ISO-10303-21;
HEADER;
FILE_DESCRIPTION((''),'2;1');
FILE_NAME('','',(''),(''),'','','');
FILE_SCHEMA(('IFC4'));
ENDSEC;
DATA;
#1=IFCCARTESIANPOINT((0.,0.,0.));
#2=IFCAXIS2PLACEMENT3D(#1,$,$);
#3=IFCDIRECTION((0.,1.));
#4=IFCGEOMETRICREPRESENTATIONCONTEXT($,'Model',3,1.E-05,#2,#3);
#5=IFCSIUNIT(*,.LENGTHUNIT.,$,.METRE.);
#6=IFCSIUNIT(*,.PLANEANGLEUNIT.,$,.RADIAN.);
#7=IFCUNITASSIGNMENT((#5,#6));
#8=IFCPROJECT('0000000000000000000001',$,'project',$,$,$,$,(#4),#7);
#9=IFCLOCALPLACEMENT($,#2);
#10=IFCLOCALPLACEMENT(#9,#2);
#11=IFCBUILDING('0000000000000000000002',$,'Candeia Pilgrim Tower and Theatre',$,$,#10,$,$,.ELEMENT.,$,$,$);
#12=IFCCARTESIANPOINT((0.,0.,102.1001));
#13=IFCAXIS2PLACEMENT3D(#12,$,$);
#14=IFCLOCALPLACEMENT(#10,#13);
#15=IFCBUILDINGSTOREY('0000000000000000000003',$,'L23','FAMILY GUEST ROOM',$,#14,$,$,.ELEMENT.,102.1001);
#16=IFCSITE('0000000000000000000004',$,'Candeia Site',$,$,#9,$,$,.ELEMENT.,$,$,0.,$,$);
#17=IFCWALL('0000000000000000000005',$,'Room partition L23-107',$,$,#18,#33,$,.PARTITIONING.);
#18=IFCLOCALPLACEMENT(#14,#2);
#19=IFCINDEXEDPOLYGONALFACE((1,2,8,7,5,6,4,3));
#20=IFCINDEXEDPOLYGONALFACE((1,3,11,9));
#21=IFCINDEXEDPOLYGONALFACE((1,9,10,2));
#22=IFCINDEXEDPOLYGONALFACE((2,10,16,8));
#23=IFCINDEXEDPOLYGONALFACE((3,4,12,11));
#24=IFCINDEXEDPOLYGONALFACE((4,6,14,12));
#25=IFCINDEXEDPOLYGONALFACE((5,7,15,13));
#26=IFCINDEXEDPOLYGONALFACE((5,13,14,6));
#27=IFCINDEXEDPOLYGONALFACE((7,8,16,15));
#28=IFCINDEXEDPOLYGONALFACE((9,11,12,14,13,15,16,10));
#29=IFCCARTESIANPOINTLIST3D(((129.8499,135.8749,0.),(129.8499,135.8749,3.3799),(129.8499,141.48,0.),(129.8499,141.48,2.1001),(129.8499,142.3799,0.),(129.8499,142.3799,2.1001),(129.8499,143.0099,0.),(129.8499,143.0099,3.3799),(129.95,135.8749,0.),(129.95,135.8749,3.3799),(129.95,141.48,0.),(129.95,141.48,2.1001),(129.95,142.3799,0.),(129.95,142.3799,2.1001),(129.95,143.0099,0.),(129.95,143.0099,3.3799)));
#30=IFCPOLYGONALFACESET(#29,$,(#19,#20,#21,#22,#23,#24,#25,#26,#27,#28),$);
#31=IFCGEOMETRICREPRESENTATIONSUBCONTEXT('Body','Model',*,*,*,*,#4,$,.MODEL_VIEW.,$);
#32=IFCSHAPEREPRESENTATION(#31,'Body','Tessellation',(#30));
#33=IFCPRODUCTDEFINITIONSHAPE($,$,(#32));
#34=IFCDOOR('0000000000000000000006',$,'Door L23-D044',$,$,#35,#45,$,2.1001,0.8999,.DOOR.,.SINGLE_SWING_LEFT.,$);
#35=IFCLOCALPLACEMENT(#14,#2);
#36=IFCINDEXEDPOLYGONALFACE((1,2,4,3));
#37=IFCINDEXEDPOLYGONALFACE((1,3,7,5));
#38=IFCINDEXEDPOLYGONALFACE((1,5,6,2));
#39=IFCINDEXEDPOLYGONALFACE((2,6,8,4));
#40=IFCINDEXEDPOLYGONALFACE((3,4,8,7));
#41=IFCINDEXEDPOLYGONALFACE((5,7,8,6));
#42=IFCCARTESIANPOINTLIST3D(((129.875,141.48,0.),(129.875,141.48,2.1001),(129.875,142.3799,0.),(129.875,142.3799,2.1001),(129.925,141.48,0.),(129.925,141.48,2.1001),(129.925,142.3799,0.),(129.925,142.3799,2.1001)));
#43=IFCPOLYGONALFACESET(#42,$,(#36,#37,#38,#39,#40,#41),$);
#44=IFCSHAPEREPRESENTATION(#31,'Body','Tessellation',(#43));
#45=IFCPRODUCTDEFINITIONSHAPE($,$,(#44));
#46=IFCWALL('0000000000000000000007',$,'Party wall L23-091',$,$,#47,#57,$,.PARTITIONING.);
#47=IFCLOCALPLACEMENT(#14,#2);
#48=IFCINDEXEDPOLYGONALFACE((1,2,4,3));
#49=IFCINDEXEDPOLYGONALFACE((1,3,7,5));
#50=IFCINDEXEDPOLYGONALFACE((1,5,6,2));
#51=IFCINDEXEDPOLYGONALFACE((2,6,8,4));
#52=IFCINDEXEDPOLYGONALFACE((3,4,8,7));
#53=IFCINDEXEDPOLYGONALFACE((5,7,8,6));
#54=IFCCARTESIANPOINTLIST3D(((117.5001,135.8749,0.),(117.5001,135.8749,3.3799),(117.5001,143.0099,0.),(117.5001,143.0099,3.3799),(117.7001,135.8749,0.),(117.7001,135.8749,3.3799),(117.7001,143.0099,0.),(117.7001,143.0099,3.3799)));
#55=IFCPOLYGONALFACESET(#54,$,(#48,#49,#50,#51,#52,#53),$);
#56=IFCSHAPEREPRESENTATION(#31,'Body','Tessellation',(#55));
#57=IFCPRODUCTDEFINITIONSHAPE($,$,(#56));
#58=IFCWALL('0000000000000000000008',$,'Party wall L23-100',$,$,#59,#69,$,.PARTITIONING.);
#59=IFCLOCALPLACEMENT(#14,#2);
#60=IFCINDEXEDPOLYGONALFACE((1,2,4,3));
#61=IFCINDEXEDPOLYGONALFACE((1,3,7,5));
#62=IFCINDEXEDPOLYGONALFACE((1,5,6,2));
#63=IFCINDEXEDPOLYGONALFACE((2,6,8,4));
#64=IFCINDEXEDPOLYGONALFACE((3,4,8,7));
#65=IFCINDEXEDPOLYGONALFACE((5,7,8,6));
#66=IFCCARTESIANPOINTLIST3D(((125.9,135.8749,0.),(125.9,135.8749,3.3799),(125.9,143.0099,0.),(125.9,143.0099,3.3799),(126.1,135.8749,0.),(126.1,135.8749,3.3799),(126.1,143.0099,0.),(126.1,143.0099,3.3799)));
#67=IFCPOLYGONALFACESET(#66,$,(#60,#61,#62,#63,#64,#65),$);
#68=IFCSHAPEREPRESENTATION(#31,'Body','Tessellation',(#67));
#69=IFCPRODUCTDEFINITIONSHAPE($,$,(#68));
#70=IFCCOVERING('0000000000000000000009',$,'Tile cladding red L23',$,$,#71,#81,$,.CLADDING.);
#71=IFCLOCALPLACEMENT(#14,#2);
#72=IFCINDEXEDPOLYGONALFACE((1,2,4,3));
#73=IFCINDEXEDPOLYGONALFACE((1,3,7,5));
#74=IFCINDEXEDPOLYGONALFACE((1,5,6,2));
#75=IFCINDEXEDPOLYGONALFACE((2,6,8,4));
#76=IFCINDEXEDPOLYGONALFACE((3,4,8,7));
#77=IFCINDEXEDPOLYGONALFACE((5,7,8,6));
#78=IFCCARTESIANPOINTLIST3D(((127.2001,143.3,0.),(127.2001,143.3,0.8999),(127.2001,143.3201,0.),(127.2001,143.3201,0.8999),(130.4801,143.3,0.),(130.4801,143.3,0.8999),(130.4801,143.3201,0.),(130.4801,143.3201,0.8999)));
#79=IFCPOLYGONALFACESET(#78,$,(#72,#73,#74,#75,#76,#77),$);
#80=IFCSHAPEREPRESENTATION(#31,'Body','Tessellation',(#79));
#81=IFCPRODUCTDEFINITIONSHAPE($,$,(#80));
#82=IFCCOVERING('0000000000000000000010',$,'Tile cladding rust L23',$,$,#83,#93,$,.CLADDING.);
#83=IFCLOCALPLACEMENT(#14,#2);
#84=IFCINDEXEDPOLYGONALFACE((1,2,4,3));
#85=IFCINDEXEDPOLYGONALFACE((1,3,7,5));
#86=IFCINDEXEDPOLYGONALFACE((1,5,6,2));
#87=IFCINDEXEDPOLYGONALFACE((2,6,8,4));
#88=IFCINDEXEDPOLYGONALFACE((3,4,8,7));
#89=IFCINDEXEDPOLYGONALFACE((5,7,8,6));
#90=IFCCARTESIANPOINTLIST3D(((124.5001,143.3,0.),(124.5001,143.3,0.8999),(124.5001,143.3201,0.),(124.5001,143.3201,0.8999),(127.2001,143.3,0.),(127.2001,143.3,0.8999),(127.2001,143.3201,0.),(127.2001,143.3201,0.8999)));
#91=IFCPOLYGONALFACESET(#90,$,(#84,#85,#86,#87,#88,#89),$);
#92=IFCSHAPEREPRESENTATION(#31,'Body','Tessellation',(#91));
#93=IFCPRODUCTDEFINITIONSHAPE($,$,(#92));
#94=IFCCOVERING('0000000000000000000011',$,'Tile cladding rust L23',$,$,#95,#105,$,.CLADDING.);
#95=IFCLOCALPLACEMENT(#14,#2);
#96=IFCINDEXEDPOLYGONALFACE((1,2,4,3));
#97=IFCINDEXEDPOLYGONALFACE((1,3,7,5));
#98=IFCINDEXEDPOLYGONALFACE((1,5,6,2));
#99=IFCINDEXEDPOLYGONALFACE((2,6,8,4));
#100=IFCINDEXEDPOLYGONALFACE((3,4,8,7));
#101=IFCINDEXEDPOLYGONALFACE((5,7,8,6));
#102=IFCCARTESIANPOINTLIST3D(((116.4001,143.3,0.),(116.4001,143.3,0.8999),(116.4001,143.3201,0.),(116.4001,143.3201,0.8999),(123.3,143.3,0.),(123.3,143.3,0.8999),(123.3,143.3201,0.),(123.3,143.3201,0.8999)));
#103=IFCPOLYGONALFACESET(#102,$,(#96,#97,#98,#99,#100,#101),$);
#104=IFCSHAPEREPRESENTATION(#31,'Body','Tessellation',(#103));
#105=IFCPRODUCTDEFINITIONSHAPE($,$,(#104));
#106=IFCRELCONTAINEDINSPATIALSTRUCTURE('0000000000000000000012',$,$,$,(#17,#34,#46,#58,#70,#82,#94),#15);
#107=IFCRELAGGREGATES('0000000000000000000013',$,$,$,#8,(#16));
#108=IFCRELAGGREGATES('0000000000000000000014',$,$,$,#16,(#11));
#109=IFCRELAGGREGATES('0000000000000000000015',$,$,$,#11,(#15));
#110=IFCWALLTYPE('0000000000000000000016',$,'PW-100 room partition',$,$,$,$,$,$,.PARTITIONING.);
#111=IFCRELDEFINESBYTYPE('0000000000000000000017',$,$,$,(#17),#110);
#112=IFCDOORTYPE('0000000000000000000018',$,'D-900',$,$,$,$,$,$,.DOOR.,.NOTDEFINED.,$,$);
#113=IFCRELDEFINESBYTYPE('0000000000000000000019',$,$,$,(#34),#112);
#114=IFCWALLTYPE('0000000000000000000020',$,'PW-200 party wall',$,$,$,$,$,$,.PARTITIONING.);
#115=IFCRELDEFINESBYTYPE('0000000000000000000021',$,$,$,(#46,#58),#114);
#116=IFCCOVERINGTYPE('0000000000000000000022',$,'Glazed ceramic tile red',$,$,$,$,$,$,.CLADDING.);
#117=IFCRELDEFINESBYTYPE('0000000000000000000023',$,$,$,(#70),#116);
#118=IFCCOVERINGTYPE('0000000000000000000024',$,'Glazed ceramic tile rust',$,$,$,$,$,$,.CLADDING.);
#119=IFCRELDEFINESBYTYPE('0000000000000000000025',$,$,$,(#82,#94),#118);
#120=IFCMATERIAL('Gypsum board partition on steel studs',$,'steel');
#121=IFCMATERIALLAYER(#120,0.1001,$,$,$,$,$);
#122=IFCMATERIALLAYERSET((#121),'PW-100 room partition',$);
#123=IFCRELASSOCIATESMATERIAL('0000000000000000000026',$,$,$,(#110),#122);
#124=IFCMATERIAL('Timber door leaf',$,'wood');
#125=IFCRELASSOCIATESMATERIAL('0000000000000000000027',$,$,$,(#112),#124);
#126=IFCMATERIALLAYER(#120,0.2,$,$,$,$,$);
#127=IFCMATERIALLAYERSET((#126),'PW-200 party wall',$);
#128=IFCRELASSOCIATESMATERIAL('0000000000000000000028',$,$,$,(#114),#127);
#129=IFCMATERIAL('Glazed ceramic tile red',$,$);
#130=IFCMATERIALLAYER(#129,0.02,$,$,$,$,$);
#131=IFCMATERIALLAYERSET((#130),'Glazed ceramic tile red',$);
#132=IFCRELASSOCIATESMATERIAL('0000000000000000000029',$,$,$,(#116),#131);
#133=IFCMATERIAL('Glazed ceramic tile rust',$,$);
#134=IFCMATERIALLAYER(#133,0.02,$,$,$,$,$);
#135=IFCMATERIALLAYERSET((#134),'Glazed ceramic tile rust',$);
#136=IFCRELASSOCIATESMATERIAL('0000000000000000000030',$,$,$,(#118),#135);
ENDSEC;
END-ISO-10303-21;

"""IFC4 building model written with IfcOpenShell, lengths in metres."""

from ifc_helpers import new_model, si_unit, direction, frame, frame_2d, origin, origin_2d, place, context, subcontext, project, spatial, rectangle, extrude, material, layer, layer_set, type_object, element, fill, save


model = new_model("IFC4")

# Units and contexts
model_context = context("Model", 3, precision=1e-05, world=origin(), true_north=direction((0.0, 1.0)))
body_context = subcontext(model_context, "Body", "Model", "MODEL_VIEW")
ifc_project = project(units=[si_unit("LENGTHUNIT", "METRE"), si_unit("PLANEANGLEUNIT", "RADIAN")], contexts=[model_context])

# Site, building, storey
site_placement = place(None, origin())
site = spatial("IfcSite", under=ifc_project, at=site_placement, Name="Candeia Site", CompositionType="ELEMENT", RefElevation=0.0)
building_placement = place(site_placement, origin())
building = spatial("IfcBuilding", under=site, at=building_placement, Name="Candeia Pilgrim Tower and Theatre", CompositionType="ELEMENT")
storey_placement = place(building_placement, frame((0.0, 0.0, 102.1001)))
storey = spatial("IfcBuildingStorey", under=building, at=storey_placement, Name="L23", Description="FAMILY GUEST ROOM", CompositionType="ELEMENT", Elevation=102.1001)

# Shared definitions
ifc_material_1 = material(Name="Gypsum board partition on steel studs", Category="steel")
ifc_layer_1 = layer(ifc_material_1, 0.1001)
ifc_layer_set_1 = layer_set([ifc_layer_1], Name="PW-100 room partition")
wall_type_1 = type_object("IfcWallType", Name="PW-100 room partition", PredefinedType="PARTITIONING", material=ifc_layer_set_1)
ifc_material_2 = material(Name="Timber door leaf", Category="wood")

# Wall, opening, door
wall_1_placement = place(storey_placement, frame((129.8999, 135.875, 0.0), z_axis=(0.0, 0.0, 1.0), x_axis=(0.0, 1.0, 0.0)))
wall_1 = element("IfcWall", 1, at=wall_1_placement, inside=storey, type_object=wall_type_1, Name="Room partition L23-107", PredefinedType="PARTITIONING", context=body_context, shape_type="SweptSolid", body=[
    extrude(rectangle(XDim=7.135, YDim=0.1001, at=frame_2d((3.5674, 0.0))), origin(), (0.0, 0.0, 1.0), 3.3799),
])
opening_1_placement = place(wall_1_placement, frame((5.605, 0.0, 0.0)))
opening_1 = element("IfcOpeningElement", 2, at=opening_1_placement, cuts=wall_1, PredefinedType="OPENING", context=body_context, shape_type="SweptSolid", body=[
    extrude(rectangle(XDim=0.8999, YDim=2.1001, at=frame_2d((0.45, 1.05))), frame((0.0, 0.0601, 0.0), z_axis=(0.0, -1.0, 0.0), x_axis=(1.0, 0.0, 0.0)), (0.0, 0.0, 1.0), 0.1201),
])
door_type_1 = type_object("IfcDoorType", Name="D-900", OperationType="NOTDEFINED", PredefinedType="DOOR", material=ifc_material_2)
door_1_placement = place(opening_1_placement, origin())
door_1 = element("IfcDoor", 3, at=door_1_placement, inside=storey, type_object=door_type_1, Name="Door L23-D044", OperationType="SINGLE_SWING_LEFT", OverallHeight=2.1001, OverallWidth=0.8999, PredefinedType="DOOR", context=body_context, shape_type="SweptSolid", body=[
    extrude(rectangle(XDim=0.8999, YDim=2.1001, at=frame_2d((0.45, 1.05))), frame((0.0, 0.0249, 0.0), z_axis=(0.0, -1.0, 0.0), x_axis=(1.0, 0.0, 0.0)), (0.0, 0.0, 1.0), 0.05),
])
fill(opening_1, door_1)

# Walls
ifc_layer_2 = layer(ifc_material_1, 0.2)
ifc_layer_set_2 = layer_set([ifc_layer_2], Name="PW-200 party wall")
wall_type_2 = type_object("IfcWallType", Name="PW-200 party wall", PredefinedType="PARTITIONING", material=ifc_layer_set_2)
for number, where, z_axis, x_axis, name in (
    (4, (117.6001, 135.875, 0.0), (0.0, 0.0, 1.0), (0.0, 1.0, 0.0), "Party wall L23-091"),
    (5, (126.0, 135.875, 0.0), (0.0, 0.0, 1.0), (0.0, 1.0, 0.0), "Party wall L23-100"),
):
    element("IfcWall", number, at=place(storey_placement, frame(where, z_axis=z_axis, x_axis=x_axis)), inside=storey, type_object=wall_type_2, Name=name, PredefinedType="PARTITIONING", context=body_context, shape_type="SweptSolid", body=[
        extrude(rectangle(XDim=7.135, YDim=0.2, at=frame_2d((3.5674, 0.0))), origin(), (0.0, 0.0, 1.0), 3.3799),
    ])

# Coverings
ifc_material_3 = material(Name="Glazed ceramic tile red")
ifc_layer_3 = layer(ifc_material_3, 0.02)
ifc_layer_set_3 = layer_set([ifc_layer_3], Name="Glazed ceramic tile red")
covering_type_1 = type_object("IfcCoveringType", Name="Glazed ceramic tile red", PredefinedType="CLADDING", material=ifc_layer_set_3)
covering_1_placement = place(storey_placement, frame((128.8401, 143.3101, 0.0), z_axis=(0.0, 0.0, 1.0), x_axis=(-1.0, 0.0, 0.0)))
element("IfcCovering", 6, at=covering_1_placement, inside=storey, type_object=covering_type_1, Name="Tile cladding red L23", PredefinedType="CLADDING", context=body_context, shape_type="SweptSolid", body=[
    extrude(rectangle(XDim=3.28, YDim=0.02, at=origin_2d()), origin(), (0.0, 0.0, 1.0), 0.8999),
])
ifc_material_4 = material(Name="Glazed ceramic tile rust")
ifc_layer_4 = layer(ifc_material_4, 0.02)
ifc_layer_set_4 = layer_set([ifc_layer_4], Name="Glazed ceramic tile rust")
covering_type_2 = type_object("IfcCoveringType", Name="Glazed ceramic tile rust", PredefinedType="CLADDING", material=ifc_layer_set_4)
covering_2_placement = place(storey_placement, frame((125.8501, 143.3101, 0.0), z_axis=(0.0, 0.0, 1.0), x_axis=(-1.0, 0.0, 0.0)))
element("IfcCovering", 7, at=covering_2_placement, inside=storey, type_object=covering_type_2, Name="Tile cladding rust L23", PredefinedType="CLADDING", context=body_context, shape_type="SweptSolid", body=[
    extrude(rectangle(XDim=2.7, YDim=0.02, at=origin_2d()), origin(), (0.0, 0.0, 1.0), 0.8999),
])
covering_3_placement = place(storey_placement, frame((119.8501, 143.3101, 0.0), z_axis=(0.0, 0.0, 1.0), x_axis=(-1.0, 0.0, 0.0)))
element("IfcCovering", 8, at=covering_3_placement, inside=storey, type_object=covering_type_2, Name="Tile cladding rust L23", PredefinedType="CLADDING", context=body_context, shape_type="SweptSolid", body=[
    extrude(rectangle(XDim=6.8999, YDim=0.02, at=origin_2d()), origin(), (0.0, 0.0, 1.0), 0.8999),
])

save(model, "model.ifc")
